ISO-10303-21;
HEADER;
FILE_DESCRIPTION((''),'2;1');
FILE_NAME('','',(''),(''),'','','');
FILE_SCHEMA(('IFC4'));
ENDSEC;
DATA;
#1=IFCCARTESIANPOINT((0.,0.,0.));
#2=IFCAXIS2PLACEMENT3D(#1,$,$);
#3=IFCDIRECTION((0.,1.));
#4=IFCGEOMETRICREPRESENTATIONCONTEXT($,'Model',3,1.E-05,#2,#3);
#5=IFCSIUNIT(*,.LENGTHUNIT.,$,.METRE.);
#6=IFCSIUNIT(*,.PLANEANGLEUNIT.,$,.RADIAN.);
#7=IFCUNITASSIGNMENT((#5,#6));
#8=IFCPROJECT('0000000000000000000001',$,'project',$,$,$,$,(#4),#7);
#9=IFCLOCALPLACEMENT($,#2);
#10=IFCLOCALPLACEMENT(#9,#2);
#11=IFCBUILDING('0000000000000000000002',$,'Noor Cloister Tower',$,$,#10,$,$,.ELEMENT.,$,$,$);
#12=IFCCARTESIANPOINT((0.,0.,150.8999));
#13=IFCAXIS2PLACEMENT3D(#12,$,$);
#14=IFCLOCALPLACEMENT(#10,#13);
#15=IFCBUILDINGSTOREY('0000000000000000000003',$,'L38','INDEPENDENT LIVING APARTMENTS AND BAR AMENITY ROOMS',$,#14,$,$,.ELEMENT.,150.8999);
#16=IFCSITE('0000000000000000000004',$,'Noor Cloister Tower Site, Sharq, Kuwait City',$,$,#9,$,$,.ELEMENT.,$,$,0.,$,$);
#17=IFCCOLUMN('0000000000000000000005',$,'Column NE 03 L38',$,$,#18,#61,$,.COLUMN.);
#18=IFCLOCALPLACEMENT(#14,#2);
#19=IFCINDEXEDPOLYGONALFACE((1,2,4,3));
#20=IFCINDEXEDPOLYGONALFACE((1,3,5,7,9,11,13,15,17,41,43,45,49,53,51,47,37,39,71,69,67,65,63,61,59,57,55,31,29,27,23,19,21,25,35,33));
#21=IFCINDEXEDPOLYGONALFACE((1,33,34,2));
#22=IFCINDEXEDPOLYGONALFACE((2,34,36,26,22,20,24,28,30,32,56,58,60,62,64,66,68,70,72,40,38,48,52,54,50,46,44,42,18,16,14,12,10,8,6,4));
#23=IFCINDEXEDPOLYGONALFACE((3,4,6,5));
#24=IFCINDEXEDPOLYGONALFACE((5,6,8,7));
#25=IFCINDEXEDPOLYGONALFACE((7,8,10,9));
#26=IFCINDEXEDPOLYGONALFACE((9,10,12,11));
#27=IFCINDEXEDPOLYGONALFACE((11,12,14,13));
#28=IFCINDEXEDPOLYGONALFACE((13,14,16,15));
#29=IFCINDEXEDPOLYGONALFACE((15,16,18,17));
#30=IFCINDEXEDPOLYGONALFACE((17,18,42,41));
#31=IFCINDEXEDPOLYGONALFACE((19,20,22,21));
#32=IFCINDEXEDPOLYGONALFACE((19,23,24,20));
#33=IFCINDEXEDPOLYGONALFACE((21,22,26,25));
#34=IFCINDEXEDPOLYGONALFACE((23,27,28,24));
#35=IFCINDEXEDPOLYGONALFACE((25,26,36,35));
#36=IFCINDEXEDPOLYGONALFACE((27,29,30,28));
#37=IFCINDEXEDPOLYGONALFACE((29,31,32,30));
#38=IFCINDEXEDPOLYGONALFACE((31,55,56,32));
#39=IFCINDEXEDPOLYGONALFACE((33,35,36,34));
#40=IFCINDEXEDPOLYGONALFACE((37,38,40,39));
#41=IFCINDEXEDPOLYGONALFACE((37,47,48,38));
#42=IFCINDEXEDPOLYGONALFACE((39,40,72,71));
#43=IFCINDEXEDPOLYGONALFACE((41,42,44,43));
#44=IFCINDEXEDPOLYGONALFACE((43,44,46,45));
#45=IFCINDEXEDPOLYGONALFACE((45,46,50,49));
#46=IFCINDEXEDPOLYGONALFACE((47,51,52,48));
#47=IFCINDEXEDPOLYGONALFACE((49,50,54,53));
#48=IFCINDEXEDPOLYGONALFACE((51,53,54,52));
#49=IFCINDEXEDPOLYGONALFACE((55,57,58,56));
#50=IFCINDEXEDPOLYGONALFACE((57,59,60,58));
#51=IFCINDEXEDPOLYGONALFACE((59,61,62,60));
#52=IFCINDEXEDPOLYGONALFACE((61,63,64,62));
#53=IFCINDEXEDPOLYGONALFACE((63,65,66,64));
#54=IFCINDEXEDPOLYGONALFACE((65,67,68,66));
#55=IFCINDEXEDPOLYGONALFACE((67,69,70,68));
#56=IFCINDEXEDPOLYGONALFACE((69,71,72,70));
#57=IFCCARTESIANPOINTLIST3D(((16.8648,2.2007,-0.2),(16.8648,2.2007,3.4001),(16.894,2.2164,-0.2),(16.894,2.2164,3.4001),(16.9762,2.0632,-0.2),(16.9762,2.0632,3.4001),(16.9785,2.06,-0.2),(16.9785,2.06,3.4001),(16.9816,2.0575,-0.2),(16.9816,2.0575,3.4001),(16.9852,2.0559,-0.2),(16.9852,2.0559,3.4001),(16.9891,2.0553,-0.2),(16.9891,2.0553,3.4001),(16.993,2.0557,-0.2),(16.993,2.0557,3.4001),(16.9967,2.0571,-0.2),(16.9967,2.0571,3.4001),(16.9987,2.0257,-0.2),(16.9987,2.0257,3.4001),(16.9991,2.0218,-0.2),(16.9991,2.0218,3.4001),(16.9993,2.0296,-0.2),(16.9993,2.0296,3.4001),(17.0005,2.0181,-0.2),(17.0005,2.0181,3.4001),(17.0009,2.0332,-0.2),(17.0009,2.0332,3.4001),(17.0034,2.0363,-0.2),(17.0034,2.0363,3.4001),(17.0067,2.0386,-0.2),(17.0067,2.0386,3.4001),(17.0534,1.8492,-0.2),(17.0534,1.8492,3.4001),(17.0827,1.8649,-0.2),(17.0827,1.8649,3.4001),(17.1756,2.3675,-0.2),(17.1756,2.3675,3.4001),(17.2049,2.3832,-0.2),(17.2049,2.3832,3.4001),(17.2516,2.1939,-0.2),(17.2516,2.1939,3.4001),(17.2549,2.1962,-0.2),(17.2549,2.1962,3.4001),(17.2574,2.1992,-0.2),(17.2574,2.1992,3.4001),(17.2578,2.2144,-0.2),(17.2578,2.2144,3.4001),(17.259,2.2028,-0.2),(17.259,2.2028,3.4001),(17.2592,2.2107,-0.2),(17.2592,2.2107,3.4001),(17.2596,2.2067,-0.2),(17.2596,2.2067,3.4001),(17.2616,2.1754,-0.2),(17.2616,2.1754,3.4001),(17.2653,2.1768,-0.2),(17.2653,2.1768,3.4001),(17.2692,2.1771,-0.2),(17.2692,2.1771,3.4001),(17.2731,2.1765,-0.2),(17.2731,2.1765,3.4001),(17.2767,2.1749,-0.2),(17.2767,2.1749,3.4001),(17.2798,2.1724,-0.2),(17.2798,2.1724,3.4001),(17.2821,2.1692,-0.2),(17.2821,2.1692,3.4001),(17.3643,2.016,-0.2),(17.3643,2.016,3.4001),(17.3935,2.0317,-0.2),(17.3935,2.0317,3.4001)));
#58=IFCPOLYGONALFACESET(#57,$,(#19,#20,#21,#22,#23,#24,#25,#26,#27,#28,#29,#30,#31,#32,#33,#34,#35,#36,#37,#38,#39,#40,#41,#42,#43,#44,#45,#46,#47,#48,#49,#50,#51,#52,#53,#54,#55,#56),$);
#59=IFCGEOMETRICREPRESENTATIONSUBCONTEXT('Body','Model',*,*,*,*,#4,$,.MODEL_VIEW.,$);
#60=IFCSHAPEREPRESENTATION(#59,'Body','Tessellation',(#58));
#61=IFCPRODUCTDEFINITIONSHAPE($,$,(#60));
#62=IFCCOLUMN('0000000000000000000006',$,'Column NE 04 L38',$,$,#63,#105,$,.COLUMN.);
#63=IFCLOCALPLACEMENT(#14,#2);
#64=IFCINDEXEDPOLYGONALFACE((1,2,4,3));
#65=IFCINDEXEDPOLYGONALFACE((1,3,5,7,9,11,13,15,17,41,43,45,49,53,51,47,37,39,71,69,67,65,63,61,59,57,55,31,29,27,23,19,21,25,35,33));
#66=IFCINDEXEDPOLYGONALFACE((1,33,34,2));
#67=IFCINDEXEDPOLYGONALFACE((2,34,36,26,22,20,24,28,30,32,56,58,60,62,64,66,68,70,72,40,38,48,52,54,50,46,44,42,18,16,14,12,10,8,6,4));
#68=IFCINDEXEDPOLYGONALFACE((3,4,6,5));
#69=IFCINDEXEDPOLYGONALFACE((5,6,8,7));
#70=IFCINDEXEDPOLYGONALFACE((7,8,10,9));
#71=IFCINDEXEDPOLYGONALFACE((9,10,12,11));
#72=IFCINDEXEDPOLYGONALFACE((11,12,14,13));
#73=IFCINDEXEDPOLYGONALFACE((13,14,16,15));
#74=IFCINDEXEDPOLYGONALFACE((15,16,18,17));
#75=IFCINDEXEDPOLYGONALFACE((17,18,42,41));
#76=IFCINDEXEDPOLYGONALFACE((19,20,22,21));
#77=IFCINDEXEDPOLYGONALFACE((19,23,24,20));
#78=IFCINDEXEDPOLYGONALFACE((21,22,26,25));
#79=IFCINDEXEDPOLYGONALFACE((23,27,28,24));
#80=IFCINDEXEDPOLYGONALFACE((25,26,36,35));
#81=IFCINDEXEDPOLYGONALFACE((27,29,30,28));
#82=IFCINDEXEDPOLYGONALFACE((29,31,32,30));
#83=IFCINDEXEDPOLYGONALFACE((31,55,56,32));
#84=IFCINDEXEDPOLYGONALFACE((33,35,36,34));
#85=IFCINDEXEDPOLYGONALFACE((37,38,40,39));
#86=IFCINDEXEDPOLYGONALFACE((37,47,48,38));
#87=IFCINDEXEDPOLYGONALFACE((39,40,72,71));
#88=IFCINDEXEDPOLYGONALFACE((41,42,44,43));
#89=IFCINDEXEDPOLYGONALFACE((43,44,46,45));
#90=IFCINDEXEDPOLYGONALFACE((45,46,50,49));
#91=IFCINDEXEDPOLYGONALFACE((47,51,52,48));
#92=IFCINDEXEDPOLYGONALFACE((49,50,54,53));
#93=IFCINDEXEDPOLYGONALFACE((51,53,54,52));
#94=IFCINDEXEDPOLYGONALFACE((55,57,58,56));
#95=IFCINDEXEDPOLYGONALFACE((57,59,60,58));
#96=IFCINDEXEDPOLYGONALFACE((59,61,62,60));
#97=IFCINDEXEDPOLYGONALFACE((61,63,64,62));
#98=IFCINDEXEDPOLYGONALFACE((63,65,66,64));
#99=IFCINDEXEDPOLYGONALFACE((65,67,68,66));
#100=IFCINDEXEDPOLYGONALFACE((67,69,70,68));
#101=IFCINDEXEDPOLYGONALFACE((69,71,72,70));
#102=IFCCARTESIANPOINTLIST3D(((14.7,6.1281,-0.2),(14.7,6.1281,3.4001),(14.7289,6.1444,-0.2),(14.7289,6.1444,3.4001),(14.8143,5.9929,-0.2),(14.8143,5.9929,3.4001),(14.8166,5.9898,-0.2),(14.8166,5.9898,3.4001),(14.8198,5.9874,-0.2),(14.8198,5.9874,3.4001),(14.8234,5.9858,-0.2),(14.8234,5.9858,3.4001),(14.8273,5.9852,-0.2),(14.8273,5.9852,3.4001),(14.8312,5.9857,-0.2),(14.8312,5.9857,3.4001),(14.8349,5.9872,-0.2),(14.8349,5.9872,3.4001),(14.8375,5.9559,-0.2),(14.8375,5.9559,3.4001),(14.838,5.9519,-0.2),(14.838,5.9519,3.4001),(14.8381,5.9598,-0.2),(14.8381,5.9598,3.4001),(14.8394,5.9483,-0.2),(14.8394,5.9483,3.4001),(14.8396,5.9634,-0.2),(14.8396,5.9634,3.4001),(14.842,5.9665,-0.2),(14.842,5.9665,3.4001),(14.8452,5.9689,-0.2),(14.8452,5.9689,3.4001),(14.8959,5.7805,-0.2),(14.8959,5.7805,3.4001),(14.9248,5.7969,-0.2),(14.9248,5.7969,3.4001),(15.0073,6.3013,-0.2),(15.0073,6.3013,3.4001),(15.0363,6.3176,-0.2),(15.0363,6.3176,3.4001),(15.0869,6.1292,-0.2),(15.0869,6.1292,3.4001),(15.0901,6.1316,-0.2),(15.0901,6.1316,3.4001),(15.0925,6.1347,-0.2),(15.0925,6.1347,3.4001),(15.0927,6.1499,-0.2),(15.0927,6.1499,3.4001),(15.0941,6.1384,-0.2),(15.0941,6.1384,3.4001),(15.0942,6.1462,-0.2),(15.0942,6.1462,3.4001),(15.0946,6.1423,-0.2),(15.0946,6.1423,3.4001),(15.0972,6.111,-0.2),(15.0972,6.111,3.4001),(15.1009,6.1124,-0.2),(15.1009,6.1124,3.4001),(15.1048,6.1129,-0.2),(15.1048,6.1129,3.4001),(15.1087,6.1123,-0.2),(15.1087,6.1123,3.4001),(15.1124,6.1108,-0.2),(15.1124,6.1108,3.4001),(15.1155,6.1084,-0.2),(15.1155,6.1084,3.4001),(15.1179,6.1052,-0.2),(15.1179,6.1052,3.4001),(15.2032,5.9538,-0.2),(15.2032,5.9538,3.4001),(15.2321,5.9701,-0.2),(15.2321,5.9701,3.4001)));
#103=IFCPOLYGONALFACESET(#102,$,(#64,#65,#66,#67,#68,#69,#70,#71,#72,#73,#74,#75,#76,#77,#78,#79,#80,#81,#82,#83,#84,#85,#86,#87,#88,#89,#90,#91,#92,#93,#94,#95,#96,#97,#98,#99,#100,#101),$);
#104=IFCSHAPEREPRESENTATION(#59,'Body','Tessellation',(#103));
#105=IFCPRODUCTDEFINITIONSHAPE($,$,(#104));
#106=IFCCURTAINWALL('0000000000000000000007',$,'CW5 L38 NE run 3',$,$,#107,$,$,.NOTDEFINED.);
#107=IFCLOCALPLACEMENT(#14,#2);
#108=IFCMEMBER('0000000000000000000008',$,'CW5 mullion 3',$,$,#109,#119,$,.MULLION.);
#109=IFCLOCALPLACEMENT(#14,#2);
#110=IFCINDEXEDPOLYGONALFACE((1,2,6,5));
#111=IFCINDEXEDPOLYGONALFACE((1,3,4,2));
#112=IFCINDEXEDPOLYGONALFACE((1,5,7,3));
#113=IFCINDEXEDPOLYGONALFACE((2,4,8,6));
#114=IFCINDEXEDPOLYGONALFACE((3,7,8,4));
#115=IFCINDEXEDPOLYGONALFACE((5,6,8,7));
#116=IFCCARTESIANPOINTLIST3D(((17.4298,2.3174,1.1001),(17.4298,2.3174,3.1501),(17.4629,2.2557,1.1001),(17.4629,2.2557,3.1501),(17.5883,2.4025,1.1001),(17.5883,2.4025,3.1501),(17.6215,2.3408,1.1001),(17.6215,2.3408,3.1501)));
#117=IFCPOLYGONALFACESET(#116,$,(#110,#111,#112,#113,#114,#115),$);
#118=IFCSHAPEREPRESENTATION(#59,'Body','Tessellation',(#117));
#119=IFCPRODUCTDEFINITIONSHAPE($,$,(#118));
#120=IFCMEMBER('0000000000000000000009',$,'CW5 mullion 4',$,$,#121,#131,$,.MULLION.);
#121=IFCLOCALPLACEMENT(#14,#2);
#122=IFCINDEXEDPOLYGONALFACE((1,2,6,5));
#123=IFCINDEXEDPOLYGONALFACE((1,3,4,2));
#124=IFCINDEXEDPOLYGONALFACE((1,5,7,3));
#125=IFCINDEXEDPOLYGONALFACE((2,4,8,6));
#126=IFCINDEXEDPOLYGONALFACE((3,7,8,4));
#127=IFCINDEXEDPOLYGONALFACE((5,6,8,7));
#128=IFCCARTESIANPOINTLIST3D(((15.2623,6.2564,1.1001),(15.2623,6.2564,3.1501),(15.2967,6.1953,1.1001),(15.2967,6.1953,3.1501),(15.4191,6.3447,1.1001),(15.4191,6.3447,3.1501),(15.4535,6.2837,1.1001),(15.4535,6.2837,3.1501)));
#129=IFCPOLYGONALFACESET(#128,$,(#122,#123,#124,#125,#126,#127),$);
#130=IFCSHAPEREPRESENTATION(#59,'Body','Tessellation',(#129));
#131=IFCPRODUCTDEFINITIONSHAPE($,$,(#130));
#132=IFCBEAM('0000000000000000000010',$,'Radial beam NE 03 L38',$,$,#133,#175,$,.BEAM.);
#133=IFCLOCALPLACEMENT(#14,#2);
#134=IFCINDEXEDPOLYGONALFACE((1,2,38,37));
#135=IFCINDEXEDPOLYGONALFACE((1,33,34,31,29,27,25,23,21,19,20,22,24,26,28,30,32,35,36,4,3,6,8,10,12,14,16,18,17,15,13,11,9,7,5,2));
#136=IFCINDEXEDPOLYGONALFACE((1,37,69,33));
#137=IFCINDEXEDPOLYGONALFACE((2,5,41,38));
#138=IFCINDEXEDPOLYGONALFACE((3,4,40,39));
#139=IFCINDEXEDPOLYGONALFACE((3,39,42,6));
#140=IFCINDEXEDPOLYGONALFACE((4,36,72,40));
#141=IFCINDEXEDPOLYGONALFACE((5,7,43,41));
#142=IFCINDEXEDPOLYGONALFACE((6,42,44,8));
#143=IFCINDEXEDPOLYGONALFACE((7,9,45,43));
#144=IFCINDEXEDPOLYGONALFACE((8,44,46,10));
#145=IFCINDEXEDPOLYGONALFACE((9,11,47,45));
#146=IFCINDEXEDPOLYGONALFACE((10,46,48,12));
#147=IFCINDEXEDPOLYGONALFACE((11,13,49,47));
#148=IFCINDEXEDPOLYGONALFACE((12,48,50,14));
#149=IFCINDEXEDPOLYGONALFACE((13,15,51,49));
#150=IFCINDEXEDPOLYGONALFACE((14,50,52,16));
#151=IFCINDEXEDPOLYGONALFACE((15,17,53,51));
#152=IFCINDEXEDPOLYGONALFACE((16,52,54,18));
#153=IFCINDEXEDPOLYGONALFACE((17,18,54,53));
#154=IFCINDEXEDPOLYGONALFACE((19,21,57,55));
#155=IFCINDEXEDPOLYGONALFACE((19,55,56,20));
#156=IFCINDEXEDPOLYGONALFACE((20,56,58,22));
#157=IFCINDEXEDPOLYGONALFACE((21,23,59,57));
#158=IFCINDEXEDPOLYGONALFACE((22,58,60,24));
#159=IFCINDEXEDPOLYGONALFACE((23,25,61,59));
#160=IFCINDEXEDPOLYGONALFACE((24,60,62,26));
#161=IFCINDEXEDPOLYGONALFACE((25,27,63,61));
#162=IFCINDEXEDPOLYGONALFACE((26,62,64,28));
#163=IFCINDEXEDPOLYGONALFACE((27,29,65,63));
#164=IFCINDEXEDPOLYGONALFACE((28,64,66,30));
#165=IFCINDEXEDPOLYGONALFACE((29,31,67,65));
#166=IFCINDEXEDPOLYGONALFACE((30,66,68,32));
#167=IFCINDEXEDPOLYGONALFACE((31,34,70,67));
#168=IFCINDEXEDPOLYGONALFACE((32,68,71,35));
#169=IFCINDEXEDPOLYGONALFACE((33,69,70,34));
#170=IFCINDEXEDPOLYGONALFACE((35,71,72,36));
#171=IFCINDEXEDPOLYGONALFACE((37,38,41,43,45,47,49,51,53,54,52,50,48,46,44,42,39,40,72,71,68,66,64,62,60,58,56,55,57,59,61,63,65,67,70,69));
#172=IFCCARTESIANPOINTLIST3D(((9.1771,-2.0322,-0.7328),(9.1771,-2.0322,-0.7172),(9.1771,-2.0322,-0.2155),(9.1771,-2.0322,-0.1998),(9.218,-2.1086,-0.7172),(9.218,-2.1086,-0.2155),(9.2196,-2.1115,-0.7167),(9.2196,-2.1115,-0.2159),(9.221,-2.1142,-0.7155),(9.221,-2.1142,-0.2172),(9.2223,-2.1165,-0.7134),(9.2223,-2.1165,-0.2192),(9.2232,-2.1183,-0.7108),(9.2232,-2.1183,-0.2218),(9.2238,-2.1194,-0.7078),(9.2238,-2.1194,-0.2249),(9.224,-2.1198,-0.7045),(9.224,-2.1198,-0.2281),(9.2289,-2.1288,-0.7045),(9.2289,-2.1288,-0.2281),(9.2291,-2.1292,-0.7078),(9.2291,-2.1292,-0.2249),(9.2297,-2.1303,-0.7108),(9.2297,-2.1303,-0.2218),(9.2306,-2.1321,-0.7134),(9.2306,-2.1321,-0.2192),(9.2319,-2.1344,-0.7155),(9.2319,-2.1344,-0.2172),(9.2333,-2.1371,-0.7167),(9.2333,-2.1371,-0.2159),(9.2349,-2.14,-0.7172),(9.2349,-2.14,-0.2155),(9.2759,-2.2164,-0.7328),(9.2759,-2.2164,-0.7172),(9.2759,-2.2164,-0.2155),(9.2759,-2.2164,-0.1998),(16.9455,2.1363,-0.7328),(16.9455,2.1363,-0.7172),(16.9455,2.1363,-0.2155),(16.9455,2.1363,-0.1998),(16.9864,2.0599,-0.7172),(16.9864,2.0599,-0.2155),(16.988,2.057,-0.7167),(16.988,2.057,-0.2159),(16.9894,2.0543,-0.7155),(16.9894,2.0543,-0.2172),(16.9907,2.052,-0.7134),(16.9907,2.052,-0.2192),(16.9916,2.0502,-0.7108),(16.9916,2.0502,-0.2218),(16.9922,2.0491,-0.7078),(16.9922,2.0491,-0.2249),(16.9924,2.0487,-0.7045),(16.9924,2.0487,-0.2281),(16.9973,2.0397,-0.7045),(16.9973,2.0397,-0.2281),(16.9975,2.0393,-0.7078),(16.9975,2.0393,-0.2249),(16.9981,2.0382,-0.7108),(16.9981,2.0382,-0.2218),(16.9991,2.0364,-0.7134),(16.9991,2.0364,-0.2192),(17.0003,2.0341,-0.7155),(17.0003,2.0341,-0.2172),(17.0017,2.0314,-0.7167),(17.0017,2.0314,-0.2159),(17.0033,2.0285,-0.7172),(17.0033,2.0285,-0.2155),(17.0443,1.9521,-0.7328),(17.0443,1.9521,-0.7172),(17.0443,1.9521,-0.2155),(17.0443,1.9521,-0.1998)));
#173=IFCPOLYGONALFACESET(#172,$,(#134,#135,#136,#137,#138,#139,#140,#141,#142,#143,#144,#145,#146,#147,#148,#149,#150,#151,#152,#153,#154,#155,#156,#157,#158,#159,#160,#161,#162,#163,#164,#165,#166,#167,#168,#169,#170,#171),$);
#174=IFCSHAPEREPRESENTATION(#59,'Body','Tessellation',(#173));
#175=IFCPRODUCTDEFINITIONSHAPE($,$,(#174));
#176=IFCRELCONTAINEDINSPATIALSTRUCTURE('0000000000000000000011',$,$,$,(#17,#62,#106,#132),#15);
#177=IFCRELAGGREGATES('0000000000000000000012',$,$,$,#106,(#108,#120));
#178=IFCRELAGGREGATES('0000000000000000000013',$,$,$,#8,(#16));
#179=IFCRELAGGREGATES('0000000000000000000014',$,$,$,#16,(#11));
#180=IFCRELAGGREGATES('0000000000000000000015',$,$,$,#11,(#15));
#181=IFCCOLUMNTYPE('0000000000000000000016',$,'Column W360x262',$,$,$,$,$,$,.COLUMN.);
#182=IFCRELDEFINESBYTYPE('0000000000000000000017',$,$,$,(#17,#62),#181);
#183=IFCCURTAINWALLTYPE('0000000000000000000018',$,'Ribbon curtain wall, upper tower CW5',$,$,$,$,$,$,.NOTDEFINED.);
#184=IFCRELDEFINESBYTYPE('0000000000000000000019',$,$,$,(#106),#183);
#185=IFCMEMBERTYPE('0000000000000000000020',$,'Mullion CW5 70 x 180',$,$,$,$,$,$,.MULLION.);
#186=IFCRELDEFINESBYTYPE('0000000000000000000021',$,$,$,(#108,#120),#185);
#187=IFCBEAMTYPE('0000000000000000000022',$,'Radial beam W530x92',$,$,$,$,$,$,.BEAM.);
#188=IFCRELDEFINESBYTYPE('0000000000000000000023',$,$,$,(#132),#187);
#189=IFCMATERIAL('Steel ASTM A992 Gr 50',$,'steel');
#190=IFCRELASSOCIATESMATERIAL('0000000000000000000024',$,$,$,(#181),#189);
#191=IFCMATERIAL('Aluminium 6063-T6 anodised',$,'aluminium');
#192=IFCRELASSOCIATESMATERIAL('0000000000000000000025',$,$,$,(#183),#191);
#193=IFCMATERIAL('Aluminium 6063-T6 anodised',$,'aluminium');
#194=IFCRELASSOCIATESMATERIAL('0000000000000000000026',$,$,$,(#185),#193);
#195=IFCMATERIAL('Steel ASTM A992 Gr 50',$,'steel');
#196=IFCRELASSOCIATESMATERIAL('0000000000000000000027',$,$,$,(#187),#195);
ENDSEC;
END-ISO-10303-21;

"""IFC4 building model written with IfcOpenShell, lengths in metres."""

from ifc_helpers import new_model, si_unit, direction, frame, origin, origin_2d, place, context, subcontext, project, spatial, rectangle, i_section, extrude, material, material_profile, profile_set, type_object, element, aggregate, save


model = new_model("IFC4")

# Units and contexts
model_context = context("Model", 3, precision=1e-05, world=origin(), true_north=direction((0.0, 1.0)))
body_context = subcontext(model_context, "Body", "Model", "MODEL_VIEW")
ifc_project = project(units=[si_unit("LENGTHUNIT", "METRE"), si_unit("PLANEANGLEUNIT", "RADIAN")], contexts=[model_context])

# Site, building, storey
site_placement = place(None, origin())
site = spatial("IfcSite", under=ifc_project, at=site_placement, Name="Noor Cloister Tower Site, Sharq, Kuwait City", CompositionType="ELEMENT", RefElevation=0.0)
building_placement = place(site_placement, origin())
building = spatial("IfcBuilding", under=site, at=building_placement, Name="Noor Cloister Tower", CompositionType="ELEMENT")
storey_placement = place(building_placement, frame((0.0, 0.0, 150.8999)))
storey = spatial("IfcBuildingStorey", under=building, at=storey_placement, Name="L38", Description="INDEPENDENT LIVING APARTMENTS AND BAR AMENITY ROOMS", CompositionType="ELEMENT", Elevation=150.8999)

# Columns
ifc_material_1 = material(Name="Steel ASTM A992 Gr 50", Category="steel")
ifc_material_profile_1 = material_profile(ifc_material_1, i_section(OverallWidth=0.3989, OverallDepth=0.386, WebThickness=0.021, FlangeThickness=0.0332, FilletRadius=0.0151, at=origin_2d()), Name="W360x262")
ifc_profile_set_1 = profile_set([ifc_material_profile_1], Name="Steel ASTM A992 Gr 50")
column_type = type_object("IfcColumnType", Name="Column W360x262", PredefinedType="COLUMN", material=ifc_profile_set_1)
for number, where, z_axis, x_axis, name in (
    (1, (17.1292, 2.1162, -0.2), (0.0, 0.0, 1.0), (-0.472835, 0.881151, 0.0), "Column NE 03 L38"),
    (2, (14.9661, 6.0491, -0.2), (0.0, 0.0, 1.0), (-0.490998, 0.871161, 0.0), "Column NE 04 L38"),
):
    element("IfcColumn", number, at=place(storey_placement, frame(where, z_axis=z_axis, x_axis=x_axis)), inside=storey, type_object=column_type, Name=name, PredefinedType="COLUMN", context=body_context, shape_type="SweptSolid", body=[
        extrude(i_section(OverallWidth=0.3989, OverallDepth=0.386, WebThickness=0.021, FlangeThickness=0.0332, FilletRadius=0.0151, at=origin_2d()), origin(), (0.0, 0.0, 1.0), 3.6001),
    ])

# Curtain wall, members
ifc_material_2 = material(Name="Aluminium 6063-T6 anodised", Category="aluminium")
curtain_wall_type = type_object("IfcCurtainWallType", Name="Ribbon curtain wall, upper tower CW5", PredefinedType="NOTDEFINED", material=ifc_material_2)
curtain_wall_placement = place(storey_placement, origin())
curtain_wall = element("IfcCurtainWall", 3, at=curtain_wall_placement, inside=storey, type_object=curtain_wall_type, Name="CW5 L38 NE run 3", PredefinedType="NOTDEFINED")
ifc_material_3 = material(Name="Aluminium 6063-T6 anodised", Category="aluminium")
ifc_material_profile_2 = material_profile(ifc_material_3, rectangle(XDim=0.1799, YDim=0.0701, at=origin_2d()), Name="180 x 70 mullion")
ifc_profile_set_2 = profile_set([ifc_material_profile_2], Name="Aluminium 6063-T6 anodised")
member_type = type_object("IfcMemberType", Name="Mullion CW5 70 x 180", PredefinedType="MULLION", material=ifc_profile_set_2)
member_1_placement = place(storey_placement, frame((17.5256, 2.3291, 1.1001), z_axis=(0.0, 0.0, 1.0), x_axis=(-0.881151, -0.472835, 0.0)))
member_1 = element("IfcMember", 4, at=member_1_placement, type_object=member_type, Name="CW5 mullion 3", PredefinedType="MULLION", context=body_context, shape_type="SweptSolid", body=[
    extrude(rectangle(XDim=0.1799, YDim=0.0701, at=origin_2d()), origin(), (0.0, 0.0, 1.0), 2.05),
])
member_2_placement = place(storey_placement, frame((15.3579, 6.27, 1.1001), z_axis=(0.0, 0.0, 1.0), x_axis=(-0.871161, -0.490998, 0.0)))
member_2 = element("IfcMember", 5, at=member_2_placement, type_object=member_type, Name="CW5 mullion 4", PredefinedType="MULLION", context=body_context, shape_type="SweptSolid", body=[
    extrude(rectangle(XDim=0.1799, YDim=0.0701, at=origin_2d()), origin(), (0.0, 0.0, 1.0), 2.05),
])

# Beam
ifc_material_4 = material(Name="Steel ASTM A992 Gr 50", Category="steel")
ifc_material_profile_3 = material_profile(ifc_material_4, i_section(OverallWidth=0.209, OverallDepth=0.533, WebThickness=0.0103, FlangeThickness=0.0156, FilletRadius=0.0127, at=origin_2d()), Name="W530x92")
ifc_profile_set_3 = profile_set([ifc_material_profile_3], Name="Steel ASTM A992 Gr 50")
beam_type_1 = type_object("IfcBeamType", Name="Radial beam W530x92", PredefinedType="BEAM", material=ifc_profile_set_3)
beam_1_placement = place(storey_placement, frame((16.9949, 2.0442, -0.4663), z_axis=(-0.881156, -0.472826, 0.0), x_axis=(0.472826, -0.881156, 0.0)))
element("IfcBeam", 6, at=beam_1_placement, inside=storey, type_object=beam_type_1, Name="Radial beam NE 03 L38", PredefinedType="BEAM", context=body_context, shape_type="SweptSolid", body=[
    extrude(i_section(OverallWidth=0.209, OverallDepth=0.533, WebThickness=0.0103, FlangeThickness=0.0156, FilletRadius=0.0127, at=origin_2d()), origin(), (0.0, 0.0, 1.0), 8.8162),
])

aggregate(curtain_wall, [member_1, member_2])

save(model, "model.ifc")
